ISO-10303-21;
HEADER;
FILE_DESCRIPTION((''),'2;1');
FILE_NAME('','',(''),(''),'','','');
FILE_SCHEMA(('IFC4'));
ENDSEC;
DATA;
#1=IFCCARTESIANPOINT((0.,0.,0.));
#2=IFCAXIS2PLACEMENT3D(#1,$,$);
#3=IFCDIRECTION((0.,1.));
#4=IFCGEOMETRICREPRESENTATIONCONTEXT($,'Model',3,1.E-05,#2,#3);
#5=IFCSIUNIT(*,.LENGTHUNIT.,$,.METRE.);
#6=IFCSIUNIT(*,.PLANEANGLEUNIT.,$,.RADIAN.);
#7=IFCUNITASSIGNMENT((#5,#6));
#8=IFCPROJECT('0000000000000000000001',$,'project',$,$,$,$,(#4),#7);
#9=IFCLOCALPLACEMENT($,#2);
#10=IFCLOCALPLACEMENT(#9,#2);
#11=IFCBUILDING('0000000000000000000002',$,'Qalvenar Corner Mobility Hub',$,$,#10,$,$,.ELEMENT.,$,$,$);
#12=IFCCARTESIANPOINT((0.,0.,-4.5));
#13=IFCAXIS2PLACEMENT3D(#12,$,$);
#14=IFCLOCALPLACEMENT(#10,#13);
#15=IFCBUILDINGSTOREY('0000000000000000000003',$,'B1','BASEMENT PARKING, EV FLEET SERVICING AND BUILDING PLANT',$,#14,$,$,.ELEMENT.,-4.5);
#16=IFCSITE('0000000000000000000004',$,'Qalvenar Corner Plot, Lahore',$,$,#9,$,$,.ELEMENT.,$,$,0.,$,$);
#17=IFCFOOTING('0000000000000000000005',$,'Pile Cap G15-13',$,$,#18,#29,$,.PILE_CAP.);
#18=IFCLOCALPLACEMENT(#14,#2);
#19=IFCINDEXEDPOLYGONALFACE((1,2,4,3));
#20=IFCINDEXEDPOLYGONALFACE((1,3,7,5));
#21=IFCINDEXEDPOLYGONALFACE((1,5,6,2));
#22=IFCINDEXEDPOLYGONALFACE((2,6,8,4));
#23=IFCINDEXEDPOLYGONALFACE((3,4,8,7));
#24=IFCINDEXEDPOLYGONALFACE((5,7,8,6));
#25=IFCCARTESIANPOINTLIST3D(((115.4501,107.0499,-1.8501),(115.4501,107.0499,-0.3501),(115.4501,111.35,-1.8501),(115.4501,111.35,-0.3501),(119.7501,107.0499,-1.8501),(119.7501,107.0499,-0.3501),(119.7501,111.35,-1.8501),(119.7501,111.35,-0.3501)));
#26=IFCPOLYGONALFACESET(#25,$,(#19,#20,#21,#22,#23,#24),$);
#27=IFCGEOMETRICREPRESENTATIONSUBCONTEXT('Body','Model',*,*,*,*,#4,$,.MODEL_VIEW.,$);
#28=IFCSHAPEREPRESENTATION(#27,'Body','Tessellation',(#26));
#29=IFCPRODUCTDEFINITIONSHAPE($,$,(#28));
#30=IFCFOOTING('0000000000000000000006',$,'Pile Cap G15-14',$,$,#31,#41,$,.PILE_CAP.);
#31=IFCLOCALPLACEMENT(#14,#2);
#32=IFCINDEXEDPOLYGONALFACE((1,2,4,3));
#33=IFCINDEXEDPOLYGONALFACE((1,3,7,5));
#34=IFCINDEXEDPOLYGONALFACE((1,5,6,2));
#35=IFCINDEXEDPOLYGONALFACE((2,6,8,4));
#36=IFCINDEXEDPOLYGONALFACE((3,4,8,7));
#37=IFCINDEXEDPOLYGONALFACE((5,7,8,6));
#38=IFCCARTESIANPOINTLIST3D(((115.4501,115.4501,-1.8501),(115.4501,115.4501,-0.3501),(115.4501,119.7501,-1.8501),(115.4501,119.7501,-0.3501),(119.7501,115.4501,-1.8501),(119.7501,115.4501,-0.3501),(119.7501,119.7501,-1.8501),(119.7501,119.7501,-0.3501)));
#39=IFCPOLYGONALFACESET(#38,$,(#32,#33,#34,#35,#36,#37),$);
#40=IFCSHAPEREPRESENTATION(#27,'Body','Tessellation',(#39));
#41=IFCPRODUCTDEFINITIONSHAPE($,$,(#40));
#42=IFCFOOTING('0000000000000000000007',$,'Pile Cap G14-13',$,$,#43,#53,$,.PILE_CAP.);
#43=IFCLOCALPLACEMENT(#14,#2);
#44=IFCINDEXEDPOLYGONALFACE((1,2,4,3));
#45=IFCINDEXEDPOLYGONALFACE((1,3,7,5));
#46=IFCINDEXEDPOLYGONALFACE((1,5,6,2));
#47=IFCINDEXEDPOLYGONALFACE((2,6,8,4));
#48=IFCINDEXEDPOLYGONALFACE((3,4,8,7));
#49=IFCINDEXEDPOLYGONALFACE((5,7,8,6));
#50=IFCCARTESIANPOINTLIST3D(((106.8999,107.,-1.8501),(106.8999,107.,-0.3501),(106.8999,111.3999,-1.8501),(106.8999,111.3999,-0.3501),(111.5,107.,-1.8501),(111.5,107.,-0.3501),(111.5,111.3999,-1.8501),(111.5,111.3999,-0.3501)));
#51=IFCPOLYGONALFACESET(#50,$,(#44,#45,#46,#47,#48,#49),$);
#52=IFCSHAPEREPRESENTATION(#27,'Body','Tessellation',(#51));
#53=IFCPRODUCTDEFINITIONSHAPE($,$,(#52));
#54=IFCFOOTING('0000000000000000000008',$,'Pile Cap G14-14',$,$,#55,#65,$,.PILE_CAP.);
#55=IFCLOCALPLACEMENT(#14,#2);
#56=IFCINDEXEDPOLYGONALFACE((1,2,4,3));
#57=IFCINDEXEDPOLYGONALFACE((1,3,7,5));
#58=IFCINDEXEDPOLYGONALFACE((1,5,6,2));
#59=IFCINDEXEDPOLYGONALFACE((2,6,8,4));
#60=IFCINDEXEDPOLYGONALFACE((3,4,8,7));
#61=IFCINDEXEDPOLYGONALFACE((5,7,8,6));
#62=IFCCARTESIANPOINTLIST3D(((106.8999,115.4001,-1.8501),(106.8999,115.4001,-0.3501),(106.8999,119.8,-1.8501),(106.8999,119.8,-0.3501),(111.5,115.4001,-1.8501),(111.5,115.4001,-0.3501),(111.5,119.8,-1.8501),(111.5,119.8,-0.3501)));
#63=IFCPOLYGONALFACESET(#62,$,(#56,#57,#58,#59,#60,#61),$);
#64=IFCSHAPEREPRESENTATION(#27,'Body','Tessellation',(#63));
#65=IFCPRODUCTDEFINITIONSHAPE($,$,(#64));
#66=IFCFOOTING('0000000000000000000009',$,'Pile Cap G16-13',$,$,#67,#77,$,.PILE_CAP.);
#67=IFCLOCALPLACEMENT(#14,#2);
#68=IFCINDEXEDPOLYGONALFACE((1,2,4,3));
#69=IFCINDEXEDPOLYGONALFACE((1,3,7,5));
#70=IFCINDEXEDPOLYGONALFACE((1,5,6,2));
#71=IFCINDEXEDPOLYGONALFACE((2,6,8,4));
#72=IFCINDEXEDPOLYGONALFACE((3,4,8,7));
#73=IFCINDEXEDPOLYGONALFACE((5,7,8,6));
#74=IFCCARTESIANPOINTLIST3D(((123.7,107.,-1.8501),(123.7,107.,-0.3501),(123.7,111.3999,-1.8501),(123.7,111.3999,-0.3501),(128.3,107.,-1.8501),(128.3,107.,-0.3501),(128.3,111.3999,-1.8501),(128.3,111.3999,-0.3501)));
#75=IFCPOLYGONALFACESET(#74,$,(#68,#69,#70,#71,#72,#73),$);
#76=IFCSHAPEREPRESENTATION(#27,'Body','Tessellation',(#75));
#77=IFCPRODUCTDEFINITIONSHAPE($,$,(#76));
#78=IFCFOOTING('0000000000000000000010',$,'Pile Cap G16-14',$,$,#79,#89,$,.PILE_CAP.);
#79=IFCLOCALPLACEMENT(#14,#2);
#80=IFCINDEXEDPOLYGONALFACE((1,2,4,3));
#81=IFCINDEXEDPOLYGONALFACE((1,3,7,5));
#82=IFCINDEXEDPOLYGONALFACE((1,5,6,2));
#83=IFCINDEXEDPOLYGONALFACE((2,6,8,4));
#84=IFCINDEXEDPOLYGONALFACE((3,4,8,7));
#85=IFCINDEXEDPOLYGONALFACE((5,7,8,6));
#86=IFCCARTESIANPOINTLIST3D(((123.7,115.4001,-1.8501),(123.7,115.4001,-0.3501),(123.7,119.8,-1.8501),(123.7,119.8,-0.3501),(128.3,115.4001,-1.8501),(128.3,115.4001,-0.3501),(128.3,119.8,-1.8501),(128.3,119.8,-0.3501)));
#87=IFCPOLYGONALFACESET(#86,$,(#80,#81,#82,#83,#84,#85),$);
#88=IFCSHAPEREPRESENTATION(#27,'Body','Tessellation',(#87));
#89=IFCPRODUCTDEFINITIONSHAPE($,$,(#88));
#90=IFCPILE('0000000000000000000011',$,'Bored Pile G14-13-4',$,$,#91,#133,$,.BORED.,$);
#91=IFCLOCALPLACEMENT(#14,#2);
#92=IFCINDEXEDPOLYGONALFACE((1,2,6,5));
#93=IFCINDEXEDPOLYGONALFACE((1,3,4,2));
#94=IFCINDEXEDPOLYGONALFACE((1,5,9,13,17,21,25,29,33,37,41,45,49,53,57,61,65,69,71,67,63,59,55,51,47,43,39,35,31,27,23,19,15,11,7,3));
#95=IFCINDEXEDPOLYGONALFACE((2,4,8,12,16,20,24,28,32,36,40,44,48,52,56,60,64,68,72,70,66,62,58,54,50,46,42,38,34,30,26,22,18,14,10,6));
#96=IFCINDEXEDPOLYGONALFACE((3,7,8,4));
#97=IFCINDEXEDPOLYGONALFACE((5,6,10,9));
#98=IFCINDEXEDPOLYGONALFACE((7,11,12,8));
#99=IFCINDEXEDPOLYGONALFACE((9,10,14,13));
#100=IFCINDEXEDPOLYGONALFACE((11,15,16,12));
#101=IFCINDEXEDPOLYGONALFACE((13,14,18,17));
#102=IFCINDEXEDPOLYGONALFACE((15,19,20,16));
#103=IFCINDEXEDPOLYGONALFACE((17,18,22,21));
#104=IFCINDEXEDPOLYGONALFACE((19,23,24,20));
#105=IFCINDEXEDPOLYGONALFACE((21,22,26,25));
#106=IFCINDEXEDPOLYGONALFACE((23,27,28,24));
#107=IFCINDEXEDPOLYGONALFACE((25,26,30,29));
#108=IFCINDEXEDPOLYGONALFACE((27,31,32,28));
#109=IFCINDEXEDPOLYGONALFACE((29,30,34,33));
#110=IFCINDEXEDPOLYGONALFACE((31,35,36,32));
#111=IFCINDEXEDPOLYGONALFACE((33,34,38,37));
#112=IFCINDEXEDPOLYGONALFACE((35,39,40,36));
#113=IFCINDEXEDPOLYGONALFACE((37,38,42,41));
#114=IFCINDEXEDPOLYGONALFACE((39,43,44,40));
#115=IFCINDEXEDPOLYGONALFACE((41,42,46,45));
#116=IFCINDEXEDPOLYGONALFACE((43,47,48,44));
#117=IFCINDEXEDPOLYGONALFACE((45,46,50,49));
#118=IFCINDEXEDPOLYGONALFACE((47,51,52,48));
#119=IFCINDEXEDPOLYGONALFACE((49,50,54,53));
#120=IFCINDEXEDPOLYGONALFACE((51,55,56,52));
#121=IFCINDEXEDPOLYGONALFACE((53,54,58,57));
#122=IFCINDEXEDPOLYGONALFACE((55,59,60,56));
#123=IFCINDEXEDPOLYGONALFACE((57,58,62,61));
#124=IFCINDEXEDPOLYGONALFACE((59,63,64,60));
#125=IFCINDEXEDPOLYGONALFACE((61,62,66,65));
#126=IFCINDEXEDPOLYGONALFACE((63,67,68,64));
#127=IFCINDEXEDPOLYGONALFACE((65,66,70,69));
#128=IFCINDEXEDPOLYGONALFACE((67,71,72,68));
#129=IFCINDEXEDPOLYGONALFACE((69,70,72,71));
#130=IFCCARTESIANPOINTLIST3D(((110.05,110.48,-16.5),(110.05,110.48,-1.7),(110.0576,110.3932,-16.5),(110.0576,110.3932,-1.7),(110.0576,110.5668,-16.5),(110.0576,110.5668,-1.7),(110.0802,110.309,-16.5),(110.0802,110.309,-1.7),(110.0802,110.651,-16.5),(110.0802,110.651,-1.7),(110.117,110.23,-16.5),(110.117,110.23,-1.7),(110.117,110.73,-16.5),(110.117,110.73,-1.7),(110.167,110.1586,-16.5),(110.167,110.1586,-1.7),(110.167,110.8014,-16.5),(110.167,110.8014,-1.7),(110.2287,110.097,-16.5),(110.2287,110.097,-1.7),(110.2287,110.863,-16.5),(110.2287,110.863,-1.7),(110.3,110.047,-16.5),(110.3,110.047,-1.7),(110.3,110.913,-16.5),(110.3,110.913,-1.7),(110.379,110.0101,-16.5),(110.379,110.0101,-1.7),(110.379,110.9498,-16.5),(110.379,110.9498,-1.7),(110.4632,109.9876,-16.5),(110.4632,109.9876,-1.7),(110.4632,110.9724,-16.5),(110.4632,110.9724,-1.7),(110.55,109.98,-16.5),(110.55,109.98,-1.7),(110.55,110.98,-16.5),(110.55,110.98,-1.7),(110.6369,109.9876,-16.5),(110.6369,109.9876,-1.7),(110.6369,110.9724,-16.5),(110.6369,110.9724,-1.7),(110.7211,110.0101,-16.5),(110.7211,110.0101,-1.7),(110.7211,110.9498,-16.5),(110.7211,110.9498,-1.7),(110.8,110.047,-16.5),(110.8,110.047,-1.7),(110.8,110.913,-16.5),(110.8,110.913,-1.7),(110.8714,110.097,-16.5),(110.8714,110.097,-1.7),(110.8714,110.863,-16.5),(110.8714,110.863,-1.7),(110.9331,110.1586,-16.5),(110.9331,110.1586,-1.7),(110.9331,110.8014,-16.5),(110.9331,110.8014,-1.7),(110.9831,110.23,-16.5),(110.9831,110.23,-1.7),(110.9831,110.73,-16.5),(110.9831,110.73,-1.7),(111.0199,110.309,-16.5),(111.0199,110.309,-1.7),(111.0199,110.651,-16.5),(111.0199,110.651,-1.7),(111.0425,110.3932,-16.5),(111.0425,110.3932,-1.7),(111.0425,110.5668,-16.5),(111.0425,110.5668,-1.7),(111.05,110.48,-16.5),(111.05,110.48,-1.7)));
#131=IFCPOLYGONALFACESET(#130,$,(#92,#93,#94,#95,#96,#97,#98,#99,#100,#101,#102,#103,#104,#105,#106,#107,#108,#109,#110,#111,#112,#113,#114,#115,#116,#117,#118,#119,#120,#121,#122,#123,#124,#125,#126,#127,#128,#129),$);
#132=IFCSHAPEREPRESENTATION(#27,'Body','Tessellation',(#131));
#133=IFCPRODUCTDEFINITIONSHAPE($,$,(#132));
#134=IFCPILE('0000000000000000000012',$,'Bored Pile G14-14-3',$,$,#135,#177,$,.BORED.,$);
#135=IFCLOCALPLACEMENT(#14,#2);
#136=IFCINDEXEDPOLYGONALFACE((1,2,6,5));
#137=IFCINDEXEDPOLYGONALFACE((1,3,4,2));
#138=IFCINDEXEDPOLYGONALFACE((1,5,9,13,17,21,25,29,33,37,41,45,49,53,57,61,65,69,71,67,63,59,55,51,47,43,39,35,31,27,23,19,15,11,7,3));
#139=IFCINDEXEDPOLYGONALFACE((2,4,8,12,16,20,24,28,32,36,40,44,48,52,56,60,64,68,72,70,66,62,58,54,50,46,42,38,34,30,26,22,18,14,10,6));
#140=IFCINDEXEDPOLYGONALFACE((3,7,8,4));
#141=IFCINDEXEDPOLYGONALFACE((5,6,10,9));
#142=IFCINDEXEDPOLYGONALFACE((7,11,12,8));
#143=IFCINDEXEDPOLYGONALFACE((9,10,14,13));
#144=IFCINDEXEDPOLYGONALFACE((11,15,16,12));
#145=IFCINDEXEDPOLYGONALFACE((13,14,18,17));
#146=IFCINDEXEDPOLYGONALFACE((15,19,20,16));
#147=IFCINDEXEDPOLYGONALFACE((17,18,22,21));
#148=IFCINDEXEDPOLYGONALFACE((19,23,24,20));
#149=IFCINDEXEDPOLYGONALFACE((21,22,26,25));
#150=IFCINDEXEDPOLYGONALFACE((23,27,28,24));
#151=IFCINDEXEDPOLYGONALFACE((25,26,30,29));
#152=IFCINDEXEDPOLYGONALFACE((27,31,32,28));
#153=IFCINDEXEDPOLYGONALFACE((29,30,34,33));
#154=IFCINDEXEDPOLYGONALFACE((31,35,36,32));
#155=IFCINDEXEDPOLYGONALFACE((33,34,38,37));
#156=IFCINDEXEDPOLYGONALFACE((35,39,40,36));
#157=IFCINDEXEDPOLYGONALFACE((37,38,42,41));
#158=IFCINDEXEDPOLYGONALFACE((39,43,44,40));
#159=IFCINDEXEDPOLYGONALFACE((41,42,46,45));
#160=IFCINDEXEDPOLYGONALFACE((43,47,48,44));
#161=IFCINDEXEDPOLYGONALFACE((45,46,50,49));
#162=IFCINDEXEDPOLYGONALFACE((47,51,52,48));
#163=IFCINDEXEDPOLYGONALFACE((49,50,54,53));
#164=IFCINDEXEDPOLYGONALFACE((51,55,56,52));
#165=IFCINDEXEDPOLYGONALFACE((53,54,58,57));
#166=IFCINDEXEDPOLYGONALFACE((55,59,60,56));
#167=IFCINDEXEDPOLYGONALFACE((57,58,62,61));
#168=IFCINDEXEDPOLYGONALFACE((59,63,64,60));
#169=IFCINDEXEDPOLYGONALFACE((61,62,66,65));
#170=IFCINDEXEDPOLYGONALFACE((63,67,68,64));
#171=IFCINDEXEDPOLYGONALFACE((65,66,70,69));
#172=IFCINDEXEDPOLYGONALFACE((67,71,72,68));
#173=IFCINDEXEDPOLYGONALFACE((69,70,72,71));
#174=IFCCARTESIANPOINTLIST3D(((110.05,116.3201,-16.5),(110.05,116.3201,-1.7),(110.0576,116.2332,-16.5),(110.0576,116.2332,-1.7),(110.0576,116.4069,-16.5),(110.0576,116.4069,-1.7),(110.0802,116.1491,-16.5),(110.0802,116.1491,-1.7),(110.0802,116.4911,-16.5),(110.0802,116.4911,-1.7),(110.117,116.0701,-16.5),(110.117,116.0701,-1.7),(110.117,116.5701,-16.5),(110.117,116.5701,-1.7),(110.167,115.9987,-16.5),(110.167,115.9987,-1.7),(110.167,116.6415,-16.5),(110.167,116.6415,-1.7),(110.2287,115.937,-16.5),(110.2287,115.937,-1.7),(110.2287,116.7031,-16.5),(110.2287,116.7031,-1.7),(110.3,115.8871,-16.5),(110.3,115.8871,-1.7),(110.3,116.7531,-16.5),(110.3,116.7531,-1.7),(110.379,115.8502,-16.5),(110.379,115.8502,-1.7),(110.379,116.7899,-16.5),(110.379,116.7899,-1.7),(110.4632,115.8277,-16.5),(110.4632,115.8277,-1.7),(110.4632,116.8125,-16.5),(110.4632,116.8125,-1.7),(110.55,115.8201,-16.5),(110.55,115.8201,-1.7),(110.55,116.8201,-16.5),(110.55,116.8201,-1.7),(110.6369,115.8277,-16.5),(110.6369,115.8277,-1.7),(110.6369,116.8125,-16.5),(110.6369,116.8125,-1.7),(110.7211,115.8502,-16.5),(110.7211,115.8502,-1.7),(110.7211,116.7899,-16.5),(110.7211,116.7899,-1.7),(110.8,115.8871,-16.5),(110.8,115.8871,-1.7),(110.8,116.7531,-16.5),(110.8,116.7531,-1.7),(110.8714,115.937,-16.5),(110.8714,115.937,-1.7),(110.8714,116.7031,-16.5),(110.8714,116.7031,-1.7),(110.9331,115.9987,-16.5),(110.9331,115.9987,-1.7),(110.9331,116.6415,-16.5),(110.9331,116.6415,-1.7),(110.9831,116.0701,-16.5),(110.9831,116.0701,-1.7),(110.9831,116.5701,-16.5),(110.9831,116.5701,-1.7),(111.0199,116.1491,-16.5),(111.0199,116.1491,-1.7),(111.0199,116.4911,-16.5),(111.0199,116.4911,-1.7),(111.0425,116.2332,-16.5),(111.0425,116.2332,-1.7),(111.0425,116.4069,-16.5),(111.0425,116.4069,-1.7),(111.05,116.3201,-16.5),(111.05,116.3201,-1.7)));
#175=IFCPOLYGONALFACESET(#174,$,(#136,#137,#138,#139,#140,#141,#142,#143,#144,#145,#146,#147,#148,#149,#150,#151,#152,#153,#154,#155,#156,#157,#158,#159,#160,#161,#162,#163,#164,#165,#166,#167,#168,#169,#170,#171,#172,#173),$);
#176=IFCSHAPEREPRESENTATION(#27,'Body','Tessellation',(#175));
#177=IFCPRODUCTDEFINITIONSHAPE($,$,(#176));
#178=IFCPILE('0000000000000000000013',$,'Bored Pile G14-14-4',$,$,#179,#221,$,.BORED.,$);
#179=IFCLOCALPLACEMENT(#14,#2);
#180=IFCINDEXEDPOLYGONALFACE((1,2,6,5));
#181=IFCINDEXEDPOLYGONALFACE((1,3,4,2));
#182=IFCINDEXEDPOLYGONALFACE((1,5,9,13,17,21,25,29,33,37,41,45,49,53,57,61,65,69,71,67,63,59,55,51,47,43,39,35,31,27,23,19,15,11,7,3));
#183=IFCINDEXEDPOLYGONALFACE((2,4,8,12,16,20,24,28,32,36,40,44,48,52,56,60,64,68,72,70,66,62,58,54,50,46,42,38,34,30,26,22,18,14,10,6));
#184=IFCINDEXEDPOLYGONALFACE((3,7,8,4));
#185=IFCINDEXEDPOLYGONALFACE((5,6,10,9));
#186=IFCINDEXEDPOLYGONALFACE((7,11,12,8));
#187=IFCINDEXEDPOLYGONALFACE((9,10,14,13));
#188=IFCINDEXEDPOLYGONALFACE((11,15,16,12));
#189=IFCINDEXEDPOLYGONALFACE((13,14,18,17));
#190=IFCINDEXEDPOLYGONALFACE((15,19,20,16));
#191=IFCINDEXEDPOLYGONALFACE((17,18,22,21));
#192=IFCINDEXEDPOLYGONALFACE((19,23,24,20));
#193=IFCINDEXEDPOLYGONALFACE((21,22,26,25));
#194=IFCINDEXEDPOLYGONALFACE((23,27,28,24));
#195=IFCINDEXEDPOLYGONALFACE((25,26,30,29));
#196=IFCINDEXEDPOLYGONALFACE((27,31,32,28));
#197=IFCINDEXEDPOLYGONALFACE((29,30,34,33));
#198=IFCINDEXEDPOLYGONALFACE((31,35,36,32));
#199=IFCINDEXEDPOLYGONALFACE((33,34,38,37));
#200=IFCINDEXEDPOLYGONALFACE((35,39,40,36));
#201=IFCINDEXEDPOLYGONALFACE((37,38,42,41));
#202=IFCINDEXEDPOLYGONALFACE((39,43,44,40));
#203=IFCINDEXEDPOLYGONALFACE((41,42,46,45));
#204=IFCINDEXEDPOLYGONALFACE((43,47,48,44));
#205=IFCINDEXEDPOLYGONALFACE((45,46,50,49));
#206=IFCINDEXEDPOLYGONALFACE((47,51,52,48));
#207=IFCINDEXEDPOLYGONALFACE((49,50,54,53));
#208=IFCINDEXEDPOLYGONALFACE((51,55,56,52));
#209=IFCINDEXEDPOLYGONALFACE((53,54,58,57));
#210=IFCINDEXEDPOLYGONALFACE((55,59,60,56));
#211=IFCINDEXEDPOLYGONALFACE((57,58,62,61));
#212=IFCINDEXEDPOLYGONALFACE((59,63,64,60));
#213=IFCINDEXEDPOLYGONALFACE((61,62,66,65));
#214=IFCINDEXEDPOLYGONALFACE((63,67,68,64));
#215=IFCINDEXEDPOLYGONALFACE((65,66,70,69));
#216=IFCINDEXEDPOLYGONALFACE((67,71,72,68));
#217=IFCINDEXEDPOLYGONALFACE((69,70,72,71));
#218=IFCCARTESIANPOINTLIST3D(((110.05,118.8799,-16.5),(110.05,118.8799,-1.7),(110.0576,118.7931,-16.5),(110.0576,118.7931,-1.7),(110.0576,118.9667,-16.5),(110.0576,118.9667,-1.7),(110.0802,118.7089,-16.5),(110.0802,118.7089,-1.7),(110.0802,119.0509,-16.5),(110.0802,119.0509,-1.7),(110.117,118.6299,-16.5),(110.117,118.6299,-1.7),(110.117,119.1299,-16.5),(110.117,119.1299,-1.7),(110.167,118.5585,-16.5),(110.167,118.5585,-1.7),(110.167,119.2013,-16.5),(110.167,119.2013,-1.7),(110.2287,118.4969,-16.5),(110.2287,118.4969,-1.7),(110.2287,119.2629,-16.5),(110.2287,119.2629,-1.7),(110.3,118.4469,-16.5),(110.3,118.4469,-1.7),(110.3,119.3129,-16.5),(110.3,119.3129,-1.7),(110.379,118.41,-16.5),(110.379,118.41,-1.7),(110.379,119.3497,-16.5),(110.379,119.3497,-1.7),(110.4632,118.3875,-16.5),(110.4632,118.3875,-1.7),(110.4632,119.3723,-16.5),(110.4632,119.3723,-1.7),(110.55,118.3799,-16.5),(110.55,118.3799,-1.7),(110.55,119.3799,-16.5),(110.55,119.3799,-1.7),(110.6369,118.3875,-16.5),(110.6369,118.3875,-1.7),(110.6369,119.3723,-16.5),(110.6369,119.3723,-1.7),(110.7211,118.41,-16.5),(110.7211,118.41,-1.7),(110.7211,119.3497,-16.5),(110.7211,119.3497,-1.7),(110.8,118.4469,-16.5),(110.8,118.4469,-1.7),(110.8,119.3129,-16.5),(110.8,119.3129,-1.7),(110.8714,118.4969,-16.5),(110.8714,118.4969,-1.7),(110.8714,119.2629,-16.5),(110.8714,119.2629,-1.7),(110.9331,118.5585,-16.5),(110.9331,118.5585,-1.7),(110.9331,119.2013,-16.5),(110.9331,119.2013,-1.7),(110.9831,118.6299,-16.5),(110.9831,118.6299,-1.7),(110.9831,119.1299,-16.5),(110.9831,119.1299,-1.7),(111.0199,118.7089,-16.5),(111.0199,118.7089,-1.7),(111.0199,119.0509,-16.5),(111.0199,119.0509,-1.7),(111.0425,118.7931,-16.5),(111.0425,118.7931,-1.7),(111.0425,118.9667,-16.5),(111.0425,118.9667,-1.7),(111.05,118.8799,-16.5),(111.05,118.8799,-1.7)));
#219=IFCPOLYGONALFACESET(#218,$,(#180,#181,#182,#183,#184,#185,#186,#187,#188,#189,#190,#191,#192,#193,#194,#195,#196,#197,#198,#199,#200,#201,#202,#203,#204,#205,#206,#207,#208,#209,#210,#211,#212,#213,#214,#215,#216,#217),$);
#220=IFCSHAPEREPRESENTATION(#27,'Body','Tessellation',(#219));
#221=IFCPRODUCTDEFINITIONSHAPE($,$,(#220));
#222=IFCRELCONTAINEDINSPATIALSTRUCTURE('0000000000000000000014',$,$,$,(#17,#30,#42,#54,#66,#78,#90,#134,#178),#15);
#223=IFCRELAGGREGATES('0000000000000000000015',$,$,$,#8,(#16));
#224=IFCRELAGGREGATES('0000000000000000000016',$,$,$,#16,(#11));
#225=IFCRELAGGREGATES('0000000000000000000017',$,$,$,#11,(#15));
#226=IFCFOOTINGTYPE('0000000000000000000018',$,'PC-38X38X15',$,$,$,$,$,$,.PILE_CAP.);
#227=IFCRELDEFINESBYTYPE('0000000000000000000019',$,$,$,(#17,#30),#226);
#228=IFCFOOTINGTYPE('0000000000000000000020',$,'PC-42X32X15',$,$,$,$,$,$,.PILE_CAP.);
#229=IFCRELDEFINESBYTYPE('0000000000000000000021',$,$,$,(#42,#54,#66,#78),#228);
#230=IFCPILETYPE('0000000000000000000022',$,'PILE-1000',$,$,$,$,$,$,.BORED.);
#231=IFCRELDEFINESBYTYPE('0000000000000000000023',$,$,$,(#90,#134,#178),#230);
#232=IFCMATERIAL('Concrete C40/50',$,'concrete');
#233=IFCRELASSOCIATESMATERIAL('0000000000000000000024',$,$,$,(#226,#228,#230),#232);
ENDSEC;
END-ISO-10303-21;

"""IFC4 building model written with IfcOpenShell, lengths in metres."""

from ifc_helpers import new_model, si_unit, direction, frame, origin, origin_2d, place, context, subcontext, project, spatial, rectangle, circle, extrude, material, material_profile, profile_set, type_object, element, save


model = new_model("IFC4")

# Units and contexts
model_context = context("Model", 3, precision=1e-05, world=origin(), true_north=direction((0.0, 1.0)))
body_context = subcontext(model_context, "Body", "Model", "MODEL_VIEW")
ifc_project = project(units=[si_unit("LENGTHUNIT", "METRE"), si_unit("PLANEANGLEUNIT", "RADIAN")], contexts=[model_context])

# Site, building, storey
site_placement = place(None, origin())
site = spatial("IfcSite", under=ifc_project, at=site_placement, Name="Qalvenar Corner Plot, Lahore", CompositionType="ELEMENT", RefElevation=0.0)
building_placement = place(site_placement, origin())
building = spatial("IfcBuilding", under=site, at=building_placement, Name="Qalvenar Corner Mobility Hub", CompositionType="ELEMENT")
storey_placement = place(building_placement, frame((0.0, 0.0, -4.5)))
storey = spatial("IfcBuildingStorey", under=building, at=storey_placement, Name="B1", Description="BASEMENT PARKING, EV FLEET SERVICING AND BUILDING PLANT", CompositionType="ELEMENT", Elevation=-4.5)

# Footings
ifc_material_1 = material(Name="Concrete C40/50", Category="concrete")
footing_type_1 = type_object("IfcFootingType", Name="PC-38X38X15", PredefinedType="PILE_CAP", material=ifc_material_1)
for number, where, z_axis, x_axis, name in (
    (1, (117.6001, 109.2, -1.8501), (0.0, 0.0, 1.0), (1.0, 0.0, 0.0), "Pile Cap G15-13"),
    (2, (117.6001, 117.6001, -1.8501), (0.0, 0.0, 1.0), (1.0, 0.0, 0.0), "Pile Cap G15-14"),
):
    element("IfcFooting", number, at=place(storey_placement, frame(where, z_axis=z_axis, x_axis=x_axis)), inside=storey, type_object=footing_type_1, Name=name, PredefinedType="PILE_CAP", context=body_context, shape_type="SweptSolid", body=[
        extrude(rectangle(XDim=4.3, YDim=4.3, at=origin_2d()), origin(), (0.0, 0.0, 1.0), 1.5),
    ])
footing_type_2 = type_object("IfcFootingType", Name="PC-42X32X15", PredefinedType="PILE_CAP", material=ifc_material_1)
for number, where, z_axis, x_axis, name in (
    (3, (109.2, 109.2, -1.8501), (0.0, 0.0, 1.0), (1.0, 0.0, 0.0), "Pile Cap G14-13"),
    (4, (109.2, 117.6001, -1.8501), (0.0, 0.0, 1.0), (1.0, 0.0, 0.0), "Pile Cap G14-14"),
    (5, (126.0, 109.2, -1.8501), (0.0, 0.0, 1.0), (1.0, 0.0, 0.0), "Pile Cap G16-13"),
    (6, (126.0, 117.6001, -1.8501), (0.0, 0.0, 1.0), (1.0, 0.0, 0.0), "Pile Cap G16-14"),
):
    element("IfcFooting", number, at=place(storey_placement, frame(where, z_axis=z_axis, x_axis=x_axis)), inside=storey, type_object=footing_type_2, Name=name, PredefinedType="PILE_CAP", context=body_context, shape_type="SweptSolid", body=[
        extrude(rectangle(XDim=4.6001, YDim=4.3999, at=origin_2d()), origin(), (0.0, 0.0, 1.0), 1.5),
    ])

# Piles
ifc_material_profile_1 = material_profile(ifc_material_1, circle(Radius=0.5, at=origin_2d()), Name="DIA1000")
ifc_profile_set_1 = profile_set([ifc_material_profile_1], Name="Concrete C40/50")
pile_type = type_object("IfcPileType", Name="PILE-1000", PredefinedType="BORED", material=ifc_profile_set_1)
for number, where, z_axis, x_axis, name in (
    (7, (110.55, 110.48, -1.7), (0.0, 0.0, -1.0), (1.0, 0.0, 0.0), "Bored Pile G14-13-4"),
    (8, (110.55, 116.3201, -1.7), (0.0, 0.0, -1.0), (1.0, 0.0, 0.0), "Bored Pile G14-14-3"),
    (9, (110.55, 118.8799, -1.7), (0.0, 0.0, -1.0), (1.0, 0.0, 0.0), "Bored Pile G14-14-4"),
):
    element("IfcPile", number, at=place(storey_placement, frame(where, z_axis=z_axis, x_axis=x_axis)), inside=storey, type_object=pile_type, Name=name, PredefinedType="BORED", context=body_context, shape_type="SweptSolid", body=[
        extrude(circle(Radius=0.5, at=origin_2d()), origin(), (0.0, 0.0, 1.0), 14.8),
    ])

save(model, "model.ifc")
